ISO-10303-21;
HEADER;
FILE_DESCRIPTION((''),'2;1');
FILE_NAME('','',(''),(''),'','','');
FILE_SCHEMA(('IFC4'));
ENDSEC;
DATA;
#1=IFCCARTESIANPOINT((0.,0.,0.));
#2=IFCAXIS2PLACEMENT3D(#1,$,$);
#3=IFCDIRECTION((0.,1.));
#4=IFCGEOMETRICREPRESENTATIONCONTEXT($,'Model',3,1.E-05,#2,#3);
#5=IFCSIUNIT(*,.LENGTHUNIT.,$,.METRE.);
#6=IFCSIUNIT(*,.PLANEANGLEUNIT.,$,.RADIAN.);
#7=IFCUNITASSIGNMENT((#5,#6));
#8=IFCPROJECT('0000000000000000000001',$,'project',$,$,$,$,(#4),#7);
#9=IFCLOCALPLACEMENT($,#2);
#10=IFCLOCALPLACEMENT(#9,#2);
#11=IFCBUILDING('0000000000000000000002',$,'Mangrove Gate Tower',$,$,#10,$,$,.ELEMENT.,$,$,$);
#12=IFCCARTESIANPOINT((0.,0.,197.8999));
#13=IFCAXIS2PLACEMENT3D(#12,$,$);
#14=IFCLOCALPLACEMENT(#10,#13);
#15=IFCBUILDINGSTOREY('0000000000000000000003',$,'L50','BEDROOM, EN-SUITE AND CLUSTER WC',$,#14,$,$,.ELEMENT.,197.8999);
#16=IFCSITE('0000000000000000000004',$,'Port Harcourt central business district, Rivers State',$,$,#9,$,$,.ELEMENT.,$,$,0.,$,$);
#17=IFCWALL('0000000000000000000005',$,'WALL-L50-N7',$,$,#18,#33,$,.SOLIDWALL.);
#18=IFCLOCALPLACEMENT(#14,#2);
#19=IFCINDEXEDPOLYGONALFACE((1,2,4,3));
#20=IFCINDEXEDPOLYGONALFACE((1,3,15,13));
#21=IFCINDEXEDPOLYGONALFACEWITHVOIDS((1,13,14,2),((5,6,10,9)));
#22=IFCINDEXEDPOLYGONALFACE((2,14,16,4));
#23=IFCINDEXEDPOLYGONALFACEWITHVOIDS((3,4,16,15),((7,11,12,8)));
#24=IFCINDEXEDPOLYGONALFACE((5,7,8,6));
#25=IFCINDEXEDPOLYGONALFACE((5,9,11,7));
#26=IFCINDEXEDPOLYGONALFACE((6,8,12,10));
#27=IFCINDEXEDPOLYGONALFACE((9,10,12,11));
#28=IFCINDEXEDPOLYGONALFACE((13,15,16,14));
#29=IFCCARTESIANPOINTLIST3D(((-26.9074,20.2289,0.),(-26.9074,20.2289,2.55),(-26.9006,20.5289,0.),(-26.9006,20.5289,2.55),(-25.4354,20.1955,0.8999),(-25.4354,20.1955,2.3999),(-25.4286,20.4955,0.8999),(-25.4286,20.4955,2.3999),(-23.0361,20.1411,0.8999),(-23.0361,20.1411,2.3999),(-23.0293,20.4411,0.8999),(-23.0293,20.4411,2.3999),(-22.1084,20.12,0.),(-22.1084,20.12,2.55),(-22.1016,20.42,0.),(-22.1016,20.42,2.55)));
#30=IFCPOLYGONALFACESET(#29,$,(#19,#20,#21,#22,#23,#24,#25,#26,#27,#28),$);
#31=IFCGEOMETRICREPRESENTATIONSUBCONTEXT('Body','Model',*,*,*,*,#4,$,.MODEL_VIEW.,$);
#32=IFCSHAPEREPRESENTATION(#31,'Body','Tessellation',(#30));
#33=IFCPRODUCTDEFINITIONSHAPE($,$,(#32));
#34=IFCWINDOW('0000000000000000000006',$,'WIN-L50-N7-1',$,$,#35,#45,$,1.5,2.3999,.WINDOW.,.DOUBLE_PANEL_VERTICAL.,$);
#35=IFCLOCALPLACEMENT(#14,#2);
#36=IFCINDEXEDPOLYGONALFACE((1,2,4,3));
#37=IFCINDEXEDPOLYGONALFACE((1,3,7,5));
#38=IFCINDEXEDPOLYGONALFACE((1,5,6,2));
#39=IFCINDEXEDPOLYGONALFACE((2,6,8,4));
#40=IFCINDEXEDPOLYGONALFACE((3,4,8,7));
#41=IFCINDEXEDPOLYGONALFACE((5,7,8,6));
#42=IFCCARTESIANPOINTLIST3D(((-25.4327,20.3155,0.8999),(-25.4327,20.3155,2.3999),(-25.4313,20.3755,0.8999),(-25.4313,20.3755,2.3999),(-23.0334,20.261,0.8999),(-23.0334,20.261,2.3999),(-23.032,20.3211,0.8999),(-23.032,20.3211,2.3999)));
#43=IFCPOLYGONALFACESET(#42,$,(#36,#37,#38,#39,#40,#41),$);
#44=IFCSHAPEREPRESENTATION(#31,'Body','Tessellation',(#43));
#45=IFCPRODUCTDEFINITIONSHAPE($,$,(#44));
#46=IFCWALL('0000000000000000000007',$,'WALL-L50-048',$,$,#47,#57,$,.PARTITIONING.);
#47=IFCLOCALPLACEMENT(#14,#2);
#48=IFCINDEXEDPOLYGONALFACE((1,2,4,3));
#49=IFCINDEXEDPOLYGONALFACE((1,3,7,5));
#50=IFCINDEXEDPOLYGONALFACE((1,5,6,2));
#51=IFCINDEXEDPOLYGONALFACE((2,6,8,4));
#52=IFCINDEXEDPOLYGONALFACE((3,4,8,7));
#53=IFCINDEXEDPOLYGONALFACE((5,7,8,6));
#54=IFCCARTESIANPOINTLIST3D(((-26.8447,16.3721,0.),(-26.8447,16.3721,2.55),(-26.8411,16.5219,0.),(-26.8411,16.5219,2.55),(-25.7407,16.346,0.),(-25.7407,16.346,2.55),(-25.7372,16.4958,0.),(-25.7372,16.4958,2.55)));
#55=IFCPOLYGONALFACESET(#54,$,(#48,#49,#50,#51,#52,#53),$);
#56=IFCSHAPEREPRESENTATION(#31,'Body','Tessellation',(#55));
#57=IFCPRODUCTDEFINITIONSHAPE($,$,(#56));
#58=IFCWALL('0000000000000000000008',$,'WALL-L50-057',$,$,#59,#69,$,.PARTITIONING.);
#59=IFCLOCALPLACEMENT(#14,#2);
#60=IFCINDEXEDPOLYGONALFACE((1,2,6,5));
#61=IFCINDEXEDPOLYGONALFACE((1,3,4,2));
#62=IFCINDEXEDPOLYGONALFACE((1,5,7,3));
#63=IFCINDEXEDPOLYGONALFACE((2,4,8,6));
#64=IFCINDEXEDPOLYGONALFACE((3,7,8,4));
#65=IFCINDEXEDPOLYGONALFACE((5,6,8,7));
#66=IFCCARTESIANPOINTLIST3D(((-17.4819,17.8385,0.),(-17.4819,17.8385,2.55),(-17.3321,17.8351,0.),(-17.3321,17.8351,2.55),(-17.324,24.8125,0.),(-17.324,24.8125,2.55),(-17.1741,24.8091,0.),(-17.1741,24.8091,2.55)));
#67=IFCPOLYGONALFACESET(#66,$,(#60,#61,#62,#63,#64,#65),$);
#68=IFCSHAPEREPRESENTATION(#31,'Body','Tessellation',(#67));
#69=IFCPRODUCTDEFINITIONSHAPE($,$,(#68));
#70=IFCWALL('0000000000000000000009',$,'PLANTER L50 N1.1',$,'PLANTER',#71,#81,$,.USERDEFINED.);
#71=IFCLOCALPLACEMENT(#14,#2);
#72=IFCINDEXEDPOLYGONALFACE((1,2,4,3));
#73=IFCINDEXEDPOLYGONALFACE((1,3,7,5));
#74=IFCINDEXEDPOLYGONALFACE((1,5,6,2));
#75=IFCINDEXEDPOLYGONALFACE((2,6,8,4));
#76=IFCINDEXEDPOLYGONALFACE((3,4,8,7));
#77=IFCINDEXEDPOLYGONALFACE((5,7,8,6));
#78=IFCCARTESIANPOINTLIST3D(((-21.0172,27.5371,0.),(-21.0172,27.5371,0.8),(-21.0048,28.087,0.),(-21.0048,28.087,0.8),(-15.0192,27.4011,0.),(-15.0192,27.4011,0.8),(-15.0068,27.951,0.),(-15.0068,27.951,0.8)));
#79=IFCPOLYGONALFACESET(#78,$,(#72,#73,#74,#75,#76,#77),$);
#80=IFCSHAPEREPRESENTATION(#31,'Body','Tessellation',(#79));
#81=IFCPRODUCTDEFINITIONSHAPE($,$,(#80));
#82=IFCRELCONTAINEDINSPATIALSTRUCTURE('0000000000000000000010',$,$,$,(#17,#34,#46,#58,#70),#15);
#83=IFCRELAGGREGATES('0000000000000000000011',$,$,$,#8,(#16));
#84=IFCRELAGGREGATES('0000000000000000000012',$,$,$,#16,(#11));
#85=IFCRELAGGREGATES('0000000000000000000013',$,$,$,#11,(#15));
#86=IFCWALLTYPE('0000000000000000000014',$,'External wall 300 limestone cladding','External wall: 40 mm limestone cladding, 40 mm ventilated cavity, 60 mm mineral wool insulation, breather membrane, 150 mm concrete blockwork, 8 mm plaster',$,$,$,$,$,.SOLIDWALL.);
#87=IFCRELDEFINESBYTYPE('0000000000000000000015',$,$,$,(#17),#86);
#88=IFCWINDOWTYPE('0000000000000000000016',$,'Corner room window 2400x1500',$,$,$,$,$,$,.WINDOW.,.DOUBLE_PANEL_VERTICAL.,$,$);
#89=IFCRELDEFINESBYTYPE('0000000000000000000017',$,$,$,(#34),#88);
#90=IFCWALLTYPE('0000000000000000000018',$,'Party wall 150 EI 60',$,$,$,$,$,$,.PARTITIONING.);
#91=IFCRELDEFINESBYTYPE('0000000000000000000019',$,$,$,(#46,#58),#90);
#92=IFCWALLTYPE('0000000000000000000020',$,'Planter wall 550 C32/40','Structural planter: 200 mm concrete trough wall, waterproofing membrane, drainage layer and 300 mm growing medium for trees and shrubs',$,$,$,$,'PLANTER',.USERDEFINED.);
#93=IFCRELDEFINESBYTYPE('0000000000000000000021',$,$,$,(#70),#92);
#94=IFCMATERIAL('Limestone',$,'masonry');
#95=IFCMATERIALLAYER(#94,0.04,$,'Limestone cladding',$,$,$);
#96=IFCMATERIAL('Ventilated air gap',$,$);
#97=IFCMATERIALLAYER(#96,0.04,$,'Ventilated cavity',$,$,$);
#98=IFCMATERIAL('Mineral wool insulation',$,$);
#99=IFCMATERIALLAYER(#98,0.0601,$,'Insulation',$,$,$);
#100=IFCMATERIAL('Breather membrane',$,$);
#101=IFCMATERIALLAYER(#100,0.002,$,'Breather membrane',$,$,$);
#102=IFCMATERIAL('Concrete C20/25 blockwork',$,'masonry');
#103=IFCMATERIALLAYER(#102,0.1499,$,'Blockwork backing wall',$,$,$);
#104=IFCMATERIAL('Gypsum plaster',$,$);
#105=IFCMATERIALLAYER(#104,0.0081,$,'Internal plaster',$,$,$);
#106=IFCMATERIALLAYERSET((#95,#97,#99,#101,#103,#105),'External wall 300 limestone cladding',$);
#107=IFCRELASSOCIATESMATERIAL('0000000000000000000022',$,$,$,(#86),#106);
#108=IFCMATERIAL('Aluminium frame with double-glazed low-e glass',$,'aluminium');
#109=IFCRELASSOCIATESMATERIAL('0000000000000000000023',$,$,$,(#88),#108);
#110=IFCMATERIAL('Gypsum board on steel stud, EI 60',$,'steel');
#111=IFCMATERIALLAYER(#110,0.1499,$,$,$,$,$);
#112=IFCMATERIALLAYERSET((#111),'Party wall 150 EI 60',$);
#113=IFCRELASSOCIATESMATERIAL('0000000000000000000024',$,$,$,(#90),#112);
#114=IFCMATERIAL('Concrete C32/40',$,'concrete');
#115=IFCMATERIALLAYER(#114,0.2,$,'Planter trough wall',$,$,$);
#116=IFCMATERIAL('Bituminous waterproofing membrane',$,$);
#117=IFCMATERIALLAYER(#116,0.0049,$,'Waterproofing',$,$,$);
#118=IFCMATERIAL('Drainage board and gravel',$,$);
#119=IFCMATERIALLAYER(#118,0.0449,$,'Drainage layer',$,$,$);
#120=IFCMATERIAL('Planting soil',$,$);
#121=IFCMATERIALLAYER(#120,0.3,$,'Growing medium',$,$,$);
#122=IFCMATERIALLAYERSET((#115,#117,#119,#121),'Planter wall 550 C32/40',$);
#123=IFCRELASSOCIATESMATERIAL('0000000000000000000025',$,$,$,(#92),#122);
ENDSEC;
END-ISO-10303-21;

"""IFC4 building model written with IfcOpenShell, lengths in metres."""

from ifc_helpers import new_model, si_unit, direction, frame, frame_2d, origin, place, context, subcontext, project, spatial, rectangle, extrude, material, layer, layer_set, type_object, element, fill, save


model = new_model("IFC4")

# Units and contexts
model_context = context("Model", 3, precision=1e-05, world=origin(), true_north=direction((0.0, 1.0)))
body_context = subcontext(model_context, "Body", "Model", "MODEL_VIEW")
ifc_project = project(units=[si_unit("LENGTHUNIT", "METRE"), si_unit("PLANEANGLEUNIT", "RADIAN")], contexts=[model_context])

# Site, building, storey
site_placement = place(None, origin())
site = spatial("IfcSite", under=ifc_project, at=site_placement, Name="Port Harcourt central business district, Rivers State", CompositionType="ELEMENT", RefElevation=0.0)
building_placement = place(site_placement, origin())
building = spatial("IfcBuilding", under=site, at=building_placement, Name="Mangrove Gate Tower", CompositionType="ELEMENT")
storey_placement = place(building_placement, frame((0.0, 0.0, 197.8999)))
storey = spatial("IfcBuildingStorey", under=building, at=storey_placement, Name="L50", Description="BEDROOM, EN-SUITE AND CLUSTER WC", CompositionType="ELEMENT", Elevation=197.8999)

# Wall, opening, window
ifc_material_1 = material(Name="Limestone", Category="masonry")
ifc_layer_1 = layer(ifc_material_1, 0.04, Name="Limestone cladding")
ifc_material_2 = material(Name="Ventilated air gap")
ifc_layer_2 = layer(ifc_material_2, 0.04, Name="Ventilated cavity")
ifc_material_3 = material(Name="Mineral wool insulation")
ifc_layer_3 = layer(ifc_material_3, 0.0601, Name="Insulation")
ifc_material_4 = material(Name="Breather membrane")
ifc_layer_4 = layer(ifc_material_4, 0.002, Name="Breather membrane")
ifc_material_5 = material(Name="Concrete C20/25 blockwork", Category="masonry")
ifc_layer_5 = layer(ifc_material_5, 0.1499, Name="Blockwork backing wall")
ifc_material_6 = material(Name="Gypsum plaster")
ifc_layer_6 = layer(ifc_material_6, 0.0081, Name="Internal plaster")
ifc_layer_set_1 = layer_set([ifc_layer_1, ifc_layer_2, ifc_layer_3, ifc_layer_4, ifc_layer_5, ifc_layer_6], Name="External wall 300 limestone cladding")
wall_type_1 = type_object("IfcWallType", Name="External wall 300 limestone cladding", Description="External wall: 40 mm limestone cladding, 40 mm ventilated cavity, 60 mm mineral wool insulation, breather membrane, 150 mm concrete blockwork, 8 mm plaster", PredefinedType="SOLIDWALL", material=ifc_layer_set_1)
ifc_material_7 = material(Name="Aluminium frame with double-glazed low-e glass", Category="aluminium")
window_type = type_object("IfcWindowType", Name="Corner room window 2400x1500", PartitioningType="DOUBLE_PANEL_VERTICAL", PredefinedType="WINDOW", material=ifc_material_7)
wall_1_placement = place(storey_placement, frame((-22.105, 20.27, 0.0), z_axis=(0.0, 0.0, 1.0), x_axis=(-0.999743, 0.022683, 0.0)))
wall_1 = element("IfcWall", 1, at=wall_1_placement, inside=storey, type_object=wall_type_1, Name="WALL-L50-N7", PredefinedType="SOLIDWALL", context=body_context, shape_type="SweptSolid", body=[
    extrude(rectangle(XDim=4.8003, YDim=0.3, at=frame_2d((2.4001, 0.0))), origin(), (0.0, 0.0, 1.0), 2.55),
])
opening_1_placement = place(wall_1_placement, frame((0.928, 0.0, 0.8999)))
opening_1 = element("IfcOpeningElement", 2, at=opening_1_placement, cuts=wall_1, PredefinedType="OPENING", context=body_context, shape_type="SweptSolid", body=[
    extrude(rectangle(XDim=2.3999, YDim=1.5, at=frame_2d((1.2, 0.75))), frame((0.0, 0.1599, 0.0), z_axis=(0.0, -1.0, 0.0), x_axis=(1.0, 0.0, 0.0)), (0.0, 0.0, 1.0), 0.3201),
])
window_1_placement = place(opening_1_placement, origin())
window_1 = element("IfcWindow", 3, at=window_1_placement, inside=storey, type_object=window_type, Name="WIN-L50-N7-1", OverallHeight=1.5, OverallWidth=2.3999, PartitioningType="DOUBLE_PANEL_VERTICAL", PredefinedType="WINDOW", context=body_context, shape_type="SweptSolid", body=[
    extrude(rectangle(XDim=2.3999, YDim=1.5, at=frame_2d((1.2, 0.75))), frame((0.0, 0.03, 0.0), z_axis=(0.0, -1.0, 0.0), x_axis=(1.0, 0.0, 0.0)), (0.0, 0.0, 1.0), 0.0601),
])
fill(opening_1, window_1)

# Walls
ifc_material_8 = material(Name="Gypsum board on steel stud, EI 60", Category="steel")
ifc_layer_7 = layer(ifc_material_8, 0.1499)
ifc_layer_set_2 = layer_set([ifc_layer_7], Name="Party wall 150 EI 60")
wall_type_2 = type_object("IfcWallType", Name="Party wall 150 EI 60", PredefinedType="PARTITIONING", material=ifc_layer_set_2)
wall_2_placement = place(storey_placement, frame((-26.843, 16.447, 0.0), z_axis=(0.0, 0.0, 1.0), x_axis=(0.99972, -0.023655, 0.0)))
element("IfcWall", 4, at=wall_2_placement, inside=storey, type_object=wall_type_2, Name="WALL-L50-048", PredefinedType="PARTITIONING", context=body_context, shape_type="SweptSolid", body=[
    extrude(rectangle(XDim=1.1042, YDim=0.1499, at=frame_2d((0.5522, 0.0))), origin(), (0.0, 0.0, 1.0), 2.55),
])
wall_3_placement = place(storey_placement, frame((-17.407, 17.8369, 0.0), z_axis=(0.0, 0.0, 1.0), x_axis=(0.022643, 0.999744, 0.0)))
element("IfcWall", 5, at=wall_3_placement, inside=storey, type_object=wall_type_2, Name="WALL-L50-057", PredefinedType="PARTITIONING", context=body_context, shape_type="SweptSolid", body=[
    extrude(rectangle(XDim=6.9758, YDim=0.1499, at=frame_2d((3.4878, 0.0))), origin(), (0.0, 0.0, 1.0), 2.55),
])
ifc_material_9 = material(Name="Concrete C32/40", Category="concrete")
ifc_layer_8 = layer(ifc_material_9, 0.2, Name="Planter trough wall")
ifc_material_10 = material(Name="Bituminous waterproofing membrane")
ifc_layer_9 = layer(ifc_material_10, 0.0049, Name="Waterproofing")
ifc_material_11 = material(Name="Drainage board and gravel")
ifc_layer_10 = layer(ifc_material_11, 0.0449, Name="Drainage layer")
ifc_material_12 = material(Name="Planting soil")
ifc_layer_11 = layer(ifc_material_12, 0.3, Name="Growing medium")
ifc_layer_set_3 = layer_set([ifc_layer_8, ifc_layer_9, ifc_layer_10, ifc_layer_11], Name="Planter wall 550 C32/40")
wall_type_3 = type_object("IfcWallType", Name="Planter wall 550 C32/40", Description="Structural planter: 200 mm concrete trough wall, waterproofing membrane, drainage layer and 300 mm growing medium for trees and shrubs", ElementType="PLANTER", PredefinedType="USERDEFINED", material=ifc_layer_set_3)
wall_4_placement = place(storey_placement, frame((-21.011, 27.812, 0.0), z_axis=(0.0, 0.0, 1.0), x_axis=(0.999743, -0.022666, 0.0)))
element("IfcWall", 6, at=wall_4_placement, inside=storey, type_object=wall_type_3, Name="PLANTER L50 N1.1", ObjectType="PLANTER", PredefinedType="USERDEFINED", context=body_context, shape_type="SweptSolid", body=[
    extrude(rectangle(XDim=5.9995, YDim=0.55, at=frame_2d((2.9998, 0.0))), origin(), (0.0, 0.0, 1.0), 0.8),
])

save(model, "model.ifc")
